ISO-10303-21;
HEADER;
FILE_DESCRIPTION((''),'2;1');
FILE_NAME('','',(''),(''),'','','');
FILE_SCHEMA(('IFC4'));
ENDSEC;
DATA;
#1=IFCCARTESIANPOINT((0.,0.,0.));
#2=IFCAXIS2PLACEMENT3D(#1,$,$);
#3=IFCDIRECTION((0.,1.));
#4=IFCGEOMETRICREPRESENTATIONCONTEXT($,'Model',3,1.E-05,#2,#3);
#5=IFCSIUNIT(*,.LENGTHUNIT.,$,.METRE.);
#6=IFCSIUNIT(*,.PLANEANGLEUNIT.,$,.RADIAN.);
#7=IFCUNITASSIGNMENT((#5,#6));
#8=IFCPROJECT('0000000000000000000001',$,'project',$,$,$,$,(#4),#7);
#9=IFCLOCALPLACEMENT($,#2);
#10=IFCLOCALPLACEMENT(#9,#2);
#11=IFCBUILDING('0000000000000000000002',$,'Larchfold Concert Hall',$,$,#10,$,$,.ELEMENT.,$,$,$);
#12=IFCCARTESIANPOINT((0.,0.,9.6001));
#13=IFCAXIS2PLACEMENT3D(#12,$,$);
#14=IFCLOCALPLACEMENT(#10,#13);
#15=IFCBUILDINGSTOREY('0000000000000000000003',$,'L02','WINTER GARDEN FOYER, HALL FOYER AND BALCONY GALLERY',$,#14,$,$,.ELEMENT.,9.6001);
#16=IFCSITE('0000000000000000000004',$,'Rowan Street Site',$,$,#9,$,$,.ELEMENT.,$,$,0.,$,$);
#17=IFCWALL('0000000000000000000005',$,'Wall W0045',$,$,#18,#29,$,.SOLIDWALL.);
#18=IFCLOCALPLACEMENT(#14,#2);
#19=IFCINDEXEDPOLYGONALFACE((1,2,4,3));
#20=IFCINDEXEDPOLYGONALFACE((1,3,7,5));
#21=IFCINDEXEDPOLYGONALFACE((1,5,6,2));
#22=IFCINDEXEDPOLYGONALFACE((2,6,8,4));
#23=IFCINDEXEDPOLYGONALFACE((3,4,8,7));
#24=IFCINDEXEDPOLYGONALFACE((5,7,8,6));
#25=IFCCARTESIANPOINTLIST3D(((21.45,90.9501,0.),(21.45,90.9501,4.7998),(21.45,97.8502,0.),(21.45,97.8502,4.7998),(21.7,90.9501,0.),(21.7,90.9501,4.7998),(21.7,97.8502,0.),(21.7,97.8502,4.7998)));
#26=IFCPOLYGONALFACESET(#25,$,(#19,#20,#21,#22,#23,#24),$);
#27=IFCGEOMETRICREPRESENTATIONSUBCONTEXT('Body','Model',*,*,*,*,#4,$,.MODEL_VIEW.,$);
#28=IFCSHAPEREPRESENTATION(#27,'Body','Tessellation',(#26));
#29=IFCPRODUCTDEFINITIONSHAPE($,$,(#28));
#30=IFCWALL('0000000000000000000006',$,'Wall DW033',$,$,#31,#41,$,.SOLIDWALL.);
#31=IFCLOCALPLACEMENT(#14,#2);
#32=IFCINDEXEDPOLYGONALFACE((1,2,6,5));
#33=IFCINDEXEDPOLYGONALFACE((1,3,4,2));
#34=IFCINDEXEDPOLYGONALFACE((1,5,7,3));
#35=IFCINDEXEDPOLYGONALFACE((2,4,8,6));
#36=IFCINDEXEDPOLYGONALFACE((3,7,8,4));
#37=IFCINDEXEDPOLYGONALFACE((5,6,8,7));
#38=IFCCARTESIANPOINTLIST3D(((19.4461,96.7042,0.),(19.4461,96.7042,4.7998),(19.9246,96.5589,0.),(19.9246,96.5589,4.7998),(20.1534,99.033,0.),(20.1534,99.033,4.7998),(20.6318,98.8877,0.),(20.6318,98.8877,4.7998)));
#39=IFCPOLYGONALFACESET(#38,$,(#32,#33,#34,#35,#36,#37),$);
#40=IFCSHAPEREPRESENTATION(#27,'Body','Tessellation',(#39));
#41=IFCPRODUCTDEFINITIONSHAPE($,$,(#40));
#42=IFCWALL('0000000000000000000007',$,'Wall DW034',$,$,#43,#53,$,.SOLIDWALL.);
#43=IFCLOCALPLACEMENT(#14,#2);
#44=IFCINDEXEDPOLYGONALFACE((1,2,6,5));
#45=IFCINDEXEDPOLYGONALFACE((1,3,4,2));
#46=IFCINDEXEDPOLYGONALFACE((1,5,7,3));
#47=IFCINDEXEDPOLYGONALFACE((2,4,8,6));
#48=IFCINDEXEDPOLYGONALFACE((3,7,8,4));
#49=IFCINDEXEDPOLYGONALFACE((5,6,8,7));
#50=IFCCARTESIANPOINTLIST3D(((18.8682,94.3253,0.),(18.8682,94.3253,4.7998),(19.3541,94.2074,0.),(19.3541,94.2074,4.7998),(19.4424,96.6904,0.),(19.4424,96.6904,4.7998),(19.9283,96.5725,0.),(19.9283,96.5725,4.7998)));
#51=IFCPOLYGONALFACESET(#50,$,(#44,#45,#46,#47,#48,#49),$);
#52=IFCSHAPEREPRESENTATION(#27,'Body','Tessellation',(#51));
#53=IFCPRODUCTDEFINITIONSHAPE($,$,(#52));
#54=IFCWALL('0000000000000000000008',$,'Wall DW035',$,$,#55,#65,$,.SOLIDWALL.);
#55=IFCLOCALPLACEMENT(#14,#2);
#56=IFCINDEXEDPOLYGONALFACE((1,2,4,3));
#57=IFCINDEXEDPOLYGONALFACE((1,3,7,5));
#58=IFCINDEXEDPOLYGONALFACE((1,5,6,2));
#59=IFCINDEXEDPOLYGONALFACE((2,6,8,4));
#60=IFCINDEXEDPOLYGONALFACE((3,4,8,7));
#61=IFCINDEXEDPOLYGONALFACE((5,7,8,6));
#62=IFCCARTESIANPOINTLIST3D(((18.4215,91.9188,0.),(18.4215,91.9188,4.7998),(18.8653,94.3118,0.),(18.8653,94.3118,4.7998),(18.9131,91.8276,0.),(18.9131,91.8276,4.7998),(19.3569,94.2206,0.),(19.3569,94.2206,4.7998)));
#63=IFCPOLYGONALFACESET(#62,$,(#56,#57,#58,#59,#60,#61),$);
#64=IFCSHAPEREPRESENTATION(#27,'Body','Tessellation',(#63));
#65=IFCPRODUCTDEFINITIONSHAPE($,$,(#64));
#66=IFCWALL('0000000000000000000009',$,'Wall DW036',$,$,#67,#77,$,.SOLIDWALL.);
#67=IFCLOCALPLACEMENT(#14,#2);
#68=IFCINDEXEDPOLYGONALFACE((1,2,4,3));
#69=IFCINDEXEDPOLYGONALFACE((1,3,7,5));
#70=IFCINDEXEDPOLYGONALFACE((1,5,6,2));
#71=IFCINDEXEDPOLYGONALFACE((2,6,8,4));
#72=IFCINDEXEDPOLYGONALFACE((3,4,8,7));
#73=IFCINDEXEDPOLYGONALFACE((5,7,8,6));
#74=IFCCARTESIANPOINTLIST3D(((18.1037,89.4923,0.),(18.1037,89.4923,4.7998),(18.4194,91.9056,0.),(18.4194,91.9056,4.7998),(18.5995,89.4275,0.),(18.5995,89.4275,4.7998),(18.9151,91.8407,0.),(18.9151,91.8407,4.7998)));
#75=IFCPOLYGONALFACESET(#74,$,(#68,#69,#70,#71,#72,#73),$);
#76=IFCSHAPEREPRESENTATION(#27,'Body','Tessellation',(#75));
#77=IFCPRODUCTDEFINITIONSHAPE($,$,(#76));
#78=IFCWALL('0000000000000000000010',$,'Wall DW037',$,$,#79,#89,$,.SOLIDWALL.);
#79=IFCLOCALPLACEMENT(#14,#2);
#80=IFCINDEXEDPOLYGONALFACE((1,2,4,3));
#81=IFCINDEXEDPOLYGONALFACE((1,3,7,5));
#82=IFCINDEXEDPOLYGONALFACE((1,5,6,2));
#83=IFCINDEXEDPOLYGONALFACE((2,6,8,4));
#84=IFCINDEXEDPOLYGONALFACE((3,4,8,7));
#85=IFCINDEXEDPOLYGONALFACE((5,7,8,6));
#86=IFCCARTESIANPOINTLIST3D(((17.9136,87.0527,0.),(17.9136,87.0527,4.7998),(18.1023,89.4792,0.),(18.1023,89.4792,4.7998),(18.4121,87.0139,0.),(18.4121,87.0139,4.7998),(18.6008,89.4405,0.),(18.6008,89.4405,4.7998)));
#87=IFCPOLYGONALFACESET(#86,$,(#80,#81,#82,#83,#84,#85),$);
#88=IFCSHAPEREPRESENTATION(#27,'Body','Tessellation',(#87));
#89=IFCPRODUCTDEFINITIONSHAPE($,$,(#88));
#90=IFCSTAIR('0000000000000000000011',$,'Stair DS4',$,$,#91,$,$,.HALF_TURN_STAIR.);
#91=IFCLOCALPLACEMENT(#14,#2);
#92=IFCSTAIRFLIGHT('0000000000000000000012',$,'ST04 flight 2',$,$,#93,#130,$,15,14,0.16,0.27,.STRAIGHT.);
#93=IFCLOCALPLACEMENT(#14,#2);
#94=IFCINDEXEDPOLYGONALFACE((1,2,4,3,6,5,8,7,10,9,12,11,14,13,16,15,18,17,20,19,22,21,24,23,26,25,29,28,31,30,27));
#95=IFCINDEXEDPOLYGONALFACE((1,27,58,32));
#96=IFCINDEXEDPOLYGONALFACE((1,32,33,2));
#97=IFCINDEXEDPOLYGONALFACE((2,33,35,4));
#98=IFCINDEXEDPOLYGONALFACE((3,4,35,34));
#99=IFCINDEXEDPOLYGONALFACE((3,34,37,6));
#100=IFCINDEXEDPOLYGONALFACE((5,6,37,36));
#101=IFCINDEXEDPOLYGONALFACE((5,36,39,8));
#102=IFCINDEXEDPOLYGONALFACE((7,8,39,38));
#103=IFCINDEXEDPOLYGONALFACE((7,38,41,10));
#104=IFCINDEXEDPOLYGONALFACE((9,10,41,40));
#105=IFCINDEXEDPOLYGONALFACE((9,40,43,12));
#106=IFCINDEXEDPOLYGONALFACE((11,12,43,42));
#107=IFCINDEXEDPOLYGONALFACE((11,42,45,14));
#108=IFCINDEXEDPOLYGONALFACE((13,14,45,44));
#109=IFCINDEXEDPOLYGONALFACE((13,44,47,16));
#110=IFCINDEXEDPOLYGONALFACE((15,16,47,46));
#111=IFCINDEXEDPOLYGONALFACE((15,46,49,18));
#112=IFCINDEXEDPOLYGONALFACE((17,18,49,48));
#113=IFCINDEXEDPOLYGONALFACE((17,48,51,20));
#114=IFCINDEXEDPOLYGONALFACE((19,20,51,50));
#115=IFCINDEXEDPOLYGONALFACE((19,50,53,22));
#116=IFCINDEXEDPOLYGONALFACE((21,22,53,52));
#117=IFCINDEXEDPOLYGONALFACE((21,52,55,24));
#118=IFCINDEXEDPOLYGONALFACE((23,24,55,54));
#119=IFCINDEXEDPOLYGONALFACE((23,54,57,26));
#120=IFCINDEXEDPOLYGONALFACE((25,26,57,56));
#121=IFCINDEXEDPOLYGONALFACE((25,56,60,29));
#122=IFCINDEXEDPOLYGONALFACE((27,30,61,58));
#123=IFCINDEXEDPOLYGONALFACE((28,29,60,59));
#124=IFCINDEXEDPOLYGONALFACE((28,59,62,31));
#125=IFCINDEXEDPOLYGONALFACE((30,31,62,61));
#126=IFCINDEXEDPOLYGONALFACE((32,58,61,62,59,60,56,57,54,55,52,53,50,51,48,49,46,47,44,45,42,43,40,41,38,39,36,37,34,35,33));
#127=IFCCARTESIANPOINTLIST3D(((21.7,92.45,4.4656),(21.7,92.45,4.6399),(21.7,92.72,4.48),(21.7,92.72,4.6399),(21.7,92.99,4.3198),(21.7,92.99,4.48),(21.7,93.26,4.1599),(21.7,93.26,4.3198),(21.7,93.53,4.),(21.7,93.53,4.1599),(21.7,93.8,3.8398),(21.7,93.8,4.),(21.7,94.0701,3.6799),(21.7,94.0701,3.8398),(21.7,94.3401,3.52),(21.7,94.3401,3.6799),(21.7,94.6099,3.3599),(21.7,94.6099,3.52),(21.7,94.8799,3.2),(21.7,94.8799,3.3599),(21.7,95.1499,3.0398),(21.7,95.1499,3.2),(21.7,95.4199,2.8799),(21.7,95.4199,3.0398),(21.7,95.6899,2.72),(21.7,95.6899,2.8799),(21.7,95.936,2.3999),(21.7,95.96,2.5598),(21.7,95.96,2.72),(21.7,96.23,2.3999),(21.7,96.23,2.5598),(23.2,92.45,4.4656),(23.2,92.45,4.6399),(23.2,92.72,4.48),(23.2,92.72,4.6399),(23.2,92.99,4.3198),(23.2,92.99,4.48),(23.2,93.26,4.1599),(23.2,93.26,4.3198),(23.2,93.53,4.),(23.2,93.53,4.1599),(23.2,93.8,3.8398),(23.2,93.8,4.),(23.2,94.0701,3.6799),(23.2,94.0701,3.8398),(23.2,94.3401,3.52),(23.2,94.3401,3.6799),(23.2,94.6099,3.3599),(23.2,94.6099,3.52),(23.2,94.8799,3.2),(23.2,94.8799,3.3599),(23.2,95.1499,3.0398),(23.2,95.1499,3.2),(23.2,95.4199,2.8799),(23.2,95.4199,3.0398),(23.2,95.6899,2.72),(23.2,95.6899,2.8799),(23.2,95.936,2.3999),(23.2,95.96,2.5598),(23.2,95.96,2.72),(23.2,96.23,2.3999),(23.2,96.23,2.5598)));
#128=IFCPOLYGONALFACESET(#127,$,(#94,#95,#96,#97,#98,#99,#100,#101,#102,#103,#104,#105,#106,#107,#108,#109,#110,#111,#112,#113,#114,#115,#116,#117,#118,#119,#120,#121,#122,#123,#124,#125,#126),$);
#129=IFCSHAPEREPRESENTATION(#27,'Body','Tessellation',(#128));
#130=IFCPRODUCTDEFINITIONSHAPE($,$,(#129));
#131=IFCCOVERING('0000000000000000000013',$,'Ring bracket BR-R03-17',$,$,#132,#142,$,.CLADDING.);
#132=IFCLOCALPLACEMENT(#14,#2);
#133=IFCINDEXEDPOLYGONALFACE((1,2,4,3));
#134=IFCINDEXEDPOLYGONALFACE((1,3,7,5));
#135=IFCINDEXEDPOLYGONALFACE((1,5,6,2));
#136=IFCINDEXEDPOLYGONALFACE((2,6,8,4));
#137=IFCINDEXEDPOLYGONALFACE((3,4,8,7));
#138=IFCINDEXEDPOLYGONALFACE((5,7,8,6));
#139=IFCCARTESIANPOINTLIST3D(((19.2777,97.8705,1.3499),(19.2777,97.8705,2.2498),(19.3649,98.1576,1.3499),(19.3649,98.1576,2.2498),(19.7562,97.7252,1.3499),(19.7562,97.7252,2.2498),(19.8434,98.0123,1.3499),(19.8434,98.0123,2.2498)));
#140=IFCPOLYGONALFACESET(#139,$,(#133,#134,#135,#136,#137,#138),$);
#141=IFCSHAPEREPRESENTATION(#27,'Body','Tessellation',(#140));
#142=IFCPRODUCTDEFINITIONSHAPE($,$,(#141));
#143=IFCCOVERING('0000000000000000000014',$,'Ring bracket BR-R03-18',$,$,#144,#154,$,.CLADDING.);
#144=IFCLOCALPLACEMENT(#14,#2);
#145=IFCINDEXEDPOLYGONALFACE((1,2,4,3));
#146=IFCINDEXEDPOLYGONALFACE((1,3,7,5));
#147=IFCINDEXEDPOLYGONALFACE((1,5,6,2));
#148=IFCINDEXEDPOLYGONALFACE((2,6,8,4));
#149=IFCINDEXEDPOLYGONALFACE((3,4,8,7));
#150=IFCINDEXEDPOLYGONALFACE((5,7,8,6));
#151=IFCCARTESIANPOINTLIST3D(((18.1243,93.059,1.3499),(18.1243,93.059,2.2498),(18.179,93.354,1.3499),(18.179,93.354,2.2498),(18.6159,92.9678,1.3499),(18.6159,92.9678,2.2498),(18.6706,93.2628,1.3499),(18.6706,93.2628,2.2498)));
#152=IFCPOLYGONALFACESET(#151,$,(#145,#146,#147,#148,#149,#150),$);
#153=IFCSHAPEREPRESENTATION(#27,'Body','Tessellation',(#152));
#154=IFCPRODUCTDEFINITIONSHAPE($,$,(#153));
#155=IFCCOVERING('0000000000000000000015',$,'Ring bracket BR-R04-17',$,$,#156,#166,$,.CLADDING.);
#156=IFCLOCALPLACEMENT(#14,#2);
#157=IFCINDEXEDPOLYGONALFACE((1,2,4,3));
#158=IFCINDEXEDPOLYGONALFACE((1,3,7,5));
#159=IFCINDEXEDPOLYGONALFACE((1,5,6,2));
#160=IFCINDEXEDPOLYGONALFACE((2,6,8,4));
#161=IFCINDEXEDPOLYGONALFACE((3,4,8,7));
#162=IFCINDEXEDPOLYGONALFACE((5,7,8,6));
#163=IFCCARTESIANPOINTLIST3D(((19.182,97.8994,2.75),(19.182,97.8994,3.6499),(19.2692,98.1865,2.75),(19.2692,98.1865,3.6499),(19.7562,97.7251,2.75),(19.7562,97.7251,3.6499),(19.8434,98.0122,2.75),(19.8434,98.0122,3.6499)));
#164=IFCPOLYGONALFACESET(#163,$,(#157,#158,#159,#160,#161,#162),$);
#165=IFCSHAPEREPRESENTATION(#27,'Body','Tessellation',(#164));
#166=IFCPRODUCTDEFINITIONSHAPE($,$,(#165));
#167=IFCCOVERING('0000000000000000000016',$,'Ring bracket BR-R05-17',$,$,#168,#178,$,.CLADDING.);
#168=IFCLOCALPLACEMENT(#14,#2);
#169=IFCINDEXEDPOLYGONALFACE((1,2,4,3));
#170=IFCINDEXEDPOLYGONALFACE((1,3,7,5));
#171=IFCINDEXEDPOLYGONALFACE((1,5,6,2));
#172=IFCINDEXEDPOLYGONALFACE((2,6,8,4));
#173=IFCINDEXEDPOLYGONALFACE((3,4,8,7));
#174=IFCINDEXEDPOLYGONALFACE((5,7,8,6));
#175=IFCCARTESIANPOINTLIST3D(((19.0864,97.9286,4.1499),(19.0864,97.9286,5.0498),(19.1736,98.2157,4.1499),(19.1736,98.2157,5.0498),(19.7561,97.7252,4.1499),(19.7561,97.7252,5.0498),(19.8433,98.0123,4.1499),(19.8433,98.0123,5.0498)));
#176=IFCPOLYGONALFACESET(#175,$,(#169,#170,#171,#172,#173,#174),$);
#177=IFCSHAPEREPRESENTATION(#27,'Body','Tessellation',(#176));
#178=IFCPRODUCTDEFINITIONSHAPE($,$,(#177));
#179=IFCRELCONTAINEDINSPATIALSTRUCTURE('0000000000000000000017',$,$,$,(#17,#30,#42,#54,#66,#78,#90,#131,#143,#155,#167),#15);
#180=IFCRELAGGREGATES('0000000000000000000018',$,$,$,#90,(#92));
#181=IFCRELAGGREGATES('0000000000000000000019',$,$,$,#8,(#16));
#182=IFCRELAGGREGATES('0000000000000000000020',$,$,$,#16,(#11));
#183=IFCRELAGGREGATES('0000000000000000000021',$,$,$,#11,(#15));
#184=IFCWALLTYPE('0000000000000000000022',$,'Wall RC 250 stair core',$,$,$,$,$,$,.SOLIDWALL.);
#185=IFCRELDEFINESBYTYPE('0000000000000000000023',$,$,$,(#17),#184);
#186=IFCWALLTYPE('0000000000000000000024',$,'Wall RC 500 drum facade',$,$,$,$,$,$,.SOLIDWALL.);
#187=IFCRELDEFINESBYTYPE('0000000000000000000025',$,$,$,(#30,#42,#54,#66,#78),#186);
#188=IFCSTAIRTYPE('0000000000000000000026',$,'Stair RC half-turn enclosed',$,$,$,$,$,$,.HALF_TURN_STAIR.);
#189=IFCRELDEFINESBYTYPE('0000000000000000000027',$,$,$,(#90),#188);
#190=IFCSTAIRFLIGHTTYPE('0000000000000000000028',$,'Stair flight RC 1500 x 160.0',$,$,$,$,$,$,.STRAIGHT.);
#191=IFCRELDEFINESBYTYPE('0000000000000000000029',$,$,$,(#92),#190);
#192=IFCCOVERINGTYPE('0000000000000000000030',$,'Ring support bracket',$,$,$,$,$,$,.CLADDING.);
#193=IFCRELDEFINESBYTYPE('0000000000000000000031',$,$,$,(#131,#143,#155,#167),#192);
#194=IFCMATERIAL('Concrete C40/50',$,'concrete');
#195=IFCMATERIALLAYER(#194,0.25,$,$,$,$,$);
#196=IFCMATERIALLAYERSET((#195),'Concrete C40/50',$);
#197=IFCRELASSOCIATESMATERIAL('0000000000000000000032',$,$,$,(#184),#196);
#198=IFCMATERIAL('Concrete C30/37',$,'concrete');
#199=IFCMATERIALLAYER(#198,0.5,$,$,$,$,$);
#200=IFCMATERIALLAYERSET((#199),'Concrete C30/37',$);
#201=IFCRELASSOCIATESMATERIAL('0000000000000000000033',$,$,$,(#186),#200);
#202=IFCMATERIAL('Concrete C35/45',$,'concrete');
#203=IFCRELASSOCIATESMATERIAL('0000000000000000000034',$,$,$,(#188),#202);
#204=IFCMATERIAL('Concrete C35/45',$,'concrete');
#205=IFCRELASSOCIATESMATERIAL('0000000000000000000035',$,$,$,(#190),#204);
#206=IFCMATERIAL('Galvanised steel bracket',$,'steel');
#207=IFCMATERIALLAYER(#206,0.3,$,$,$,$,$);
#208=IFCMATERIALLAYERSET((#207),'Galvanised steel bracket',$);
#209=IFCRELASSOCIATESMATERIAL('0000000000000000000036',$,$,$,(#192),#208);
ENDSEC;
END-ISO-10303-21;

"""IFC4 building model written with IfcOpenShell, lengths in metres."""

from ifc_helpers import new_model, si_unit, direction, frame, frame_2d, origin, origin_2d, place, context, subcontext, project, spatial, polyline, rectangle, outline, extrude, material, layer, layer_set, type_object, element, aggregate, save


model = new_model("IFC4")

# Units and contexts
model_context = context("Model", 3, precision=1e-05, world=origin(), true_north=direction((0.0, 1.0)))
body_context = subcontext(model_context, "Body", "Model", "MODEL_VIEW")
ifc_project = project(units=[si_unit("LENGTHUNIT", "METRE"), si_unit("PLANEANGLEUNIT", "RADIAN")], contexts=[model_context])

# Site, building, storey
site_placement = place(None, origin())
site = spatial("IfcSite", under=ifc_project, at=site_placement, Name="Rowan Street Site", CompositionType="ELEMENT", RefElevation=0.0)
building_placement = place(site_placement, origin())
building = spatial("IfcBuilding", under=site, at=building_placement, Name="Larchfold Concert Hall", CompositionType="ELEMENT")
storey_placement = place(building_placement, frame((0.0, 0.0, 9.6001)))
storey = spatial("IfcBuildingStorey", under=building, at=storey_placement, Name="L02", Description="WINTER GARDEN FOYER, HALL FOYER AND BALCONY GALLERY", CompositionType="ELEMENT", Elevation=9.6001)

# Walls
ifc_material_1 = material(Name="Concrete C40/50", Category="concrete")
ifc_layer_1 = layer(ifc_material_1, 0.25)
ifc_layer_set_1 = layer_set([ifc_layer_1], Name="Concrete C40/50")
wall_type_1 = type_object("IfcWallType", Name="Wall RC 250 stair core", PredefinedType="SOLIDWALL", material=ifc_layer_set_1)
wall_1_placement = place(storey_placement, frame((21.575, 90.95, 0.0), z_axis=(0.0, 0.0, 1.0), x_axis=(0.0, 1.0, 0.0)))
element("IfcWall", 1, at=wall_1_placement, inside=storey, type_object=wall_type_1, Name="Wall W0045", PredefinedType="SOLIDWALL", context=body_context, shape_type="SweptSolid", body=[
    extrude(rectangle(XDim=6.9001, YDim=0.25, at=frame_2d((3.4502, 0.0))), origin(), (0.0, 0.0, 1.0), 4.7998),
])
ifc_material_2 = material(Name="Concrete C30/37", Category="concrete")
ifc_layer_2 = layer(ifc_material_2, 0.5)
ifc_layer_set_2 = layer_set([ifc_layer_2], Name="Concrete C30/37")
wall_type_2 = type_object("IfcWallType", Name="Wall RC 500 drum facade", PredefinedType="SOLIDWALL", material=ifc_layer_set_2)
for number, where, z_axis, x_axis, name in (
    (2, (20.3926, 98.9602, 0.0), (0.0, 0.0, 1.0), (-0.290595, -0.956846, 0.0), "Wall DW033"),
    (3, (19.6853, 96.6313, 0.0), (0.0, 0.0, 1.0), (-0.235922, -0.971772, 0.0), "Wall DW034"),
    (4, (19.1111, 94.2661, 0.0), (0.0, 0.0, 1.0), (-0.182362, -0.983231, 0.0), "Wall DW035"),
    (5, (18.6672, 91.873, 0.0), (0.0, 0.0, 1.0), (-0.129699, -0.991553, 0.0), "Wall DW036"),
    (6, (18.3516, 89.4597, 0.0), (0.0, 0.0, 1.0), (-0.07754, -0.996989, 0.0), "Wall DW037"),
):
    element("IfcWall", number, at=place(storey_placement, frame(where, z_axis=z_axis, x_axis=x_axis)), inside=storey, type_object=wall_type_2, Name=name, PredefinedType="SOLIDWALL", context=body_context, shape_type="SweptSolid", body=[
        extrude(rectangle(XDim=2.4338, YDim=0.5, at=frame_2d((1.2168, 0.0))), origin(), (0.0, 0.0, 1.0), 4.7998),
    ])

# Stair, stair flight
ifc_material_3 = material(Name="Concrete C35/45", Category="concrete")
stair_type = type_object("IfcStairType", Name="Stair RC half-turn enclosed", PredefinedType="HALF_TURN_STAIR", material=ifc_material_3)
stair_placement = place(storey_placement, origin())
stair = element("IfcStair", 7, at=stair_placement, inside=storey, type_object=stair_type, Name="Stair DS4", PredefinedType="HALF_TURN_STAIR")
ifc_material_4 = material(Name="Concrete C35/45", Category="concrete")
stair_flight_type = type_object("IfcStairFlightType", Name="Stair flight RC 1500 x 160.0", PredefinedType="STRAIGHT", material=ifc_material_4)
stair_flight_placement = place(storey_placement, frame((22.45, 96.23, 2.3999), z_axis=(0.0, 0.0, 1.0), x_axis=(0.0, -1.0, 0.0)))
stair_flight = element("IfcStairFlight", 8, at=stair_flight_placement, type_object=stair_flight_type, Name="ST04 flight 2", NumberOfRisers=15, NumberOfTreads=14, PredefinedType="STRAIGHT", RiserHeight=0.16, TreadLength=0.27, context=body_context, shape_type="SweptSolid", body=[
    extrude(outline(polyline([(0.0, 0.0), (0.0, 0.1599), (0.27, 0.1599), (0.27, 0.3201), (0.54, 0.3201), (0.54, 0.48), (0.8101, 0.48), (0.8101, 0.6399), (1.0801, 0.6399), (1.0801, 0.8), (1.3501, 0.8), (1.3501, 0.96), (1.6201, 0.96), (1.6201, 1.1201), (1.8899, 1.1201), (1.8899, 1.28), (2.1599, 1.28), (2.1599, 1.4399), (2.4299, 1.4399), (2.4299, 1.6001), (2.7, 1.6001), (2.7, 1.76), (2.97, 1.76), (2.97, 1.9199), (3.24, 1.9199), (3.24, 2.0801), (3.51, 2.0801), (3.51, 2.24), (3.78, 2.24), (3.78, 2.3999), (3.78, 2.0657), (0.2939, 0.0), (0.0, 0.0)])), frame((0.0, 0.75, 0.0), z_axis=(0.0, -1.0, 0.0), x_axis=(1.0, 0.0, 0.0)), (0.0, 0.0, 1.0), 1.5),
])
aggregate(stair, [stair_flight])

# Coverings
ifc_material_5 = material(Name="Galvanised steel bracket", Category="steel")
ifc_layer_3 = layer(ifc_material_5, 0.3)
ifc_layer_set_3 = layer_set([ifc_layer_3], Name="Galvanised steel bracket")
covering_type = type_object("IfcCoveringType", Name="Ring support bracket", PredefinedType="CLADDING", material=ifc_layer_set_3)
for number, where, z_axis, x_axis, name in (
    (9, (19.5605, 97.9414, 1.3499), (0.0, 0.0, 1.0), (-0.956855, 0.290566, 0.0), "Ring bracket BR-R03-17"),
    (10, (18.3975, 93.1609, 1.3499), (0.0, 0.0, 1.0), (-0.983232, 0.182361, 0.0), "Ring bracket BR-R03-18"),
):
    element("IfcCovering", number, at=place(storey_placement, frame(where, z_axis=z_axis, x_axis=x_axis)), inside=storey, type_object=covering_type, Name=name, PredefinedType="CLADDING", context=body_context, shape_type="SweptSolid", body=[
        extrude(rectangle(XDim=0.5, YDim=0.3, at=origin_2d()), origin(), (0.0, 0.0, 1.0), 0.8999),
    ])
covering_1_placement = place(storey_placement, frame((19.5127, 97.9558, 2.75), z_axis=(0.0, 0.0, 1.0), x_axis=(-0.956855, 0.290566, 0.0)))
element("IfcCovering", 11, at=covering_1_placement, inside=storey, type_object=covering_type, Name="Ring bracket BR-R04-17", PredefinedType="CLADDING", context=body_context, shape_type="SweptSolid", body=[
    extrude(rectangle(XDim=0.6001, YDim=0.3, at=origin_2d()), origin(), (0.0, 0.0, 1.0), 0.8999),
])
covering_2_placement = place(storey_placement, frame((19.4648, 97.9705, 4.1499), z_axis=(0.0, 0.0, 1.0), x_axis=(-0.956855, 0.290566, 0.0)))
element("IfcCovering", 12, at=covering_2_placement, inside=storey, type_object=covering_type, Name="Ring bracket BR-R05-17", PredefinedType="CLADDING", context=body_context, shape_type="SweptSolid", body=[
    extrude(rectangle(XDim=0.7, YDim=0.3, at=origin_2d()), origin(), (0.0, 0.0, 1.0), 0.8999),
])

save(model, "model.ifc")
